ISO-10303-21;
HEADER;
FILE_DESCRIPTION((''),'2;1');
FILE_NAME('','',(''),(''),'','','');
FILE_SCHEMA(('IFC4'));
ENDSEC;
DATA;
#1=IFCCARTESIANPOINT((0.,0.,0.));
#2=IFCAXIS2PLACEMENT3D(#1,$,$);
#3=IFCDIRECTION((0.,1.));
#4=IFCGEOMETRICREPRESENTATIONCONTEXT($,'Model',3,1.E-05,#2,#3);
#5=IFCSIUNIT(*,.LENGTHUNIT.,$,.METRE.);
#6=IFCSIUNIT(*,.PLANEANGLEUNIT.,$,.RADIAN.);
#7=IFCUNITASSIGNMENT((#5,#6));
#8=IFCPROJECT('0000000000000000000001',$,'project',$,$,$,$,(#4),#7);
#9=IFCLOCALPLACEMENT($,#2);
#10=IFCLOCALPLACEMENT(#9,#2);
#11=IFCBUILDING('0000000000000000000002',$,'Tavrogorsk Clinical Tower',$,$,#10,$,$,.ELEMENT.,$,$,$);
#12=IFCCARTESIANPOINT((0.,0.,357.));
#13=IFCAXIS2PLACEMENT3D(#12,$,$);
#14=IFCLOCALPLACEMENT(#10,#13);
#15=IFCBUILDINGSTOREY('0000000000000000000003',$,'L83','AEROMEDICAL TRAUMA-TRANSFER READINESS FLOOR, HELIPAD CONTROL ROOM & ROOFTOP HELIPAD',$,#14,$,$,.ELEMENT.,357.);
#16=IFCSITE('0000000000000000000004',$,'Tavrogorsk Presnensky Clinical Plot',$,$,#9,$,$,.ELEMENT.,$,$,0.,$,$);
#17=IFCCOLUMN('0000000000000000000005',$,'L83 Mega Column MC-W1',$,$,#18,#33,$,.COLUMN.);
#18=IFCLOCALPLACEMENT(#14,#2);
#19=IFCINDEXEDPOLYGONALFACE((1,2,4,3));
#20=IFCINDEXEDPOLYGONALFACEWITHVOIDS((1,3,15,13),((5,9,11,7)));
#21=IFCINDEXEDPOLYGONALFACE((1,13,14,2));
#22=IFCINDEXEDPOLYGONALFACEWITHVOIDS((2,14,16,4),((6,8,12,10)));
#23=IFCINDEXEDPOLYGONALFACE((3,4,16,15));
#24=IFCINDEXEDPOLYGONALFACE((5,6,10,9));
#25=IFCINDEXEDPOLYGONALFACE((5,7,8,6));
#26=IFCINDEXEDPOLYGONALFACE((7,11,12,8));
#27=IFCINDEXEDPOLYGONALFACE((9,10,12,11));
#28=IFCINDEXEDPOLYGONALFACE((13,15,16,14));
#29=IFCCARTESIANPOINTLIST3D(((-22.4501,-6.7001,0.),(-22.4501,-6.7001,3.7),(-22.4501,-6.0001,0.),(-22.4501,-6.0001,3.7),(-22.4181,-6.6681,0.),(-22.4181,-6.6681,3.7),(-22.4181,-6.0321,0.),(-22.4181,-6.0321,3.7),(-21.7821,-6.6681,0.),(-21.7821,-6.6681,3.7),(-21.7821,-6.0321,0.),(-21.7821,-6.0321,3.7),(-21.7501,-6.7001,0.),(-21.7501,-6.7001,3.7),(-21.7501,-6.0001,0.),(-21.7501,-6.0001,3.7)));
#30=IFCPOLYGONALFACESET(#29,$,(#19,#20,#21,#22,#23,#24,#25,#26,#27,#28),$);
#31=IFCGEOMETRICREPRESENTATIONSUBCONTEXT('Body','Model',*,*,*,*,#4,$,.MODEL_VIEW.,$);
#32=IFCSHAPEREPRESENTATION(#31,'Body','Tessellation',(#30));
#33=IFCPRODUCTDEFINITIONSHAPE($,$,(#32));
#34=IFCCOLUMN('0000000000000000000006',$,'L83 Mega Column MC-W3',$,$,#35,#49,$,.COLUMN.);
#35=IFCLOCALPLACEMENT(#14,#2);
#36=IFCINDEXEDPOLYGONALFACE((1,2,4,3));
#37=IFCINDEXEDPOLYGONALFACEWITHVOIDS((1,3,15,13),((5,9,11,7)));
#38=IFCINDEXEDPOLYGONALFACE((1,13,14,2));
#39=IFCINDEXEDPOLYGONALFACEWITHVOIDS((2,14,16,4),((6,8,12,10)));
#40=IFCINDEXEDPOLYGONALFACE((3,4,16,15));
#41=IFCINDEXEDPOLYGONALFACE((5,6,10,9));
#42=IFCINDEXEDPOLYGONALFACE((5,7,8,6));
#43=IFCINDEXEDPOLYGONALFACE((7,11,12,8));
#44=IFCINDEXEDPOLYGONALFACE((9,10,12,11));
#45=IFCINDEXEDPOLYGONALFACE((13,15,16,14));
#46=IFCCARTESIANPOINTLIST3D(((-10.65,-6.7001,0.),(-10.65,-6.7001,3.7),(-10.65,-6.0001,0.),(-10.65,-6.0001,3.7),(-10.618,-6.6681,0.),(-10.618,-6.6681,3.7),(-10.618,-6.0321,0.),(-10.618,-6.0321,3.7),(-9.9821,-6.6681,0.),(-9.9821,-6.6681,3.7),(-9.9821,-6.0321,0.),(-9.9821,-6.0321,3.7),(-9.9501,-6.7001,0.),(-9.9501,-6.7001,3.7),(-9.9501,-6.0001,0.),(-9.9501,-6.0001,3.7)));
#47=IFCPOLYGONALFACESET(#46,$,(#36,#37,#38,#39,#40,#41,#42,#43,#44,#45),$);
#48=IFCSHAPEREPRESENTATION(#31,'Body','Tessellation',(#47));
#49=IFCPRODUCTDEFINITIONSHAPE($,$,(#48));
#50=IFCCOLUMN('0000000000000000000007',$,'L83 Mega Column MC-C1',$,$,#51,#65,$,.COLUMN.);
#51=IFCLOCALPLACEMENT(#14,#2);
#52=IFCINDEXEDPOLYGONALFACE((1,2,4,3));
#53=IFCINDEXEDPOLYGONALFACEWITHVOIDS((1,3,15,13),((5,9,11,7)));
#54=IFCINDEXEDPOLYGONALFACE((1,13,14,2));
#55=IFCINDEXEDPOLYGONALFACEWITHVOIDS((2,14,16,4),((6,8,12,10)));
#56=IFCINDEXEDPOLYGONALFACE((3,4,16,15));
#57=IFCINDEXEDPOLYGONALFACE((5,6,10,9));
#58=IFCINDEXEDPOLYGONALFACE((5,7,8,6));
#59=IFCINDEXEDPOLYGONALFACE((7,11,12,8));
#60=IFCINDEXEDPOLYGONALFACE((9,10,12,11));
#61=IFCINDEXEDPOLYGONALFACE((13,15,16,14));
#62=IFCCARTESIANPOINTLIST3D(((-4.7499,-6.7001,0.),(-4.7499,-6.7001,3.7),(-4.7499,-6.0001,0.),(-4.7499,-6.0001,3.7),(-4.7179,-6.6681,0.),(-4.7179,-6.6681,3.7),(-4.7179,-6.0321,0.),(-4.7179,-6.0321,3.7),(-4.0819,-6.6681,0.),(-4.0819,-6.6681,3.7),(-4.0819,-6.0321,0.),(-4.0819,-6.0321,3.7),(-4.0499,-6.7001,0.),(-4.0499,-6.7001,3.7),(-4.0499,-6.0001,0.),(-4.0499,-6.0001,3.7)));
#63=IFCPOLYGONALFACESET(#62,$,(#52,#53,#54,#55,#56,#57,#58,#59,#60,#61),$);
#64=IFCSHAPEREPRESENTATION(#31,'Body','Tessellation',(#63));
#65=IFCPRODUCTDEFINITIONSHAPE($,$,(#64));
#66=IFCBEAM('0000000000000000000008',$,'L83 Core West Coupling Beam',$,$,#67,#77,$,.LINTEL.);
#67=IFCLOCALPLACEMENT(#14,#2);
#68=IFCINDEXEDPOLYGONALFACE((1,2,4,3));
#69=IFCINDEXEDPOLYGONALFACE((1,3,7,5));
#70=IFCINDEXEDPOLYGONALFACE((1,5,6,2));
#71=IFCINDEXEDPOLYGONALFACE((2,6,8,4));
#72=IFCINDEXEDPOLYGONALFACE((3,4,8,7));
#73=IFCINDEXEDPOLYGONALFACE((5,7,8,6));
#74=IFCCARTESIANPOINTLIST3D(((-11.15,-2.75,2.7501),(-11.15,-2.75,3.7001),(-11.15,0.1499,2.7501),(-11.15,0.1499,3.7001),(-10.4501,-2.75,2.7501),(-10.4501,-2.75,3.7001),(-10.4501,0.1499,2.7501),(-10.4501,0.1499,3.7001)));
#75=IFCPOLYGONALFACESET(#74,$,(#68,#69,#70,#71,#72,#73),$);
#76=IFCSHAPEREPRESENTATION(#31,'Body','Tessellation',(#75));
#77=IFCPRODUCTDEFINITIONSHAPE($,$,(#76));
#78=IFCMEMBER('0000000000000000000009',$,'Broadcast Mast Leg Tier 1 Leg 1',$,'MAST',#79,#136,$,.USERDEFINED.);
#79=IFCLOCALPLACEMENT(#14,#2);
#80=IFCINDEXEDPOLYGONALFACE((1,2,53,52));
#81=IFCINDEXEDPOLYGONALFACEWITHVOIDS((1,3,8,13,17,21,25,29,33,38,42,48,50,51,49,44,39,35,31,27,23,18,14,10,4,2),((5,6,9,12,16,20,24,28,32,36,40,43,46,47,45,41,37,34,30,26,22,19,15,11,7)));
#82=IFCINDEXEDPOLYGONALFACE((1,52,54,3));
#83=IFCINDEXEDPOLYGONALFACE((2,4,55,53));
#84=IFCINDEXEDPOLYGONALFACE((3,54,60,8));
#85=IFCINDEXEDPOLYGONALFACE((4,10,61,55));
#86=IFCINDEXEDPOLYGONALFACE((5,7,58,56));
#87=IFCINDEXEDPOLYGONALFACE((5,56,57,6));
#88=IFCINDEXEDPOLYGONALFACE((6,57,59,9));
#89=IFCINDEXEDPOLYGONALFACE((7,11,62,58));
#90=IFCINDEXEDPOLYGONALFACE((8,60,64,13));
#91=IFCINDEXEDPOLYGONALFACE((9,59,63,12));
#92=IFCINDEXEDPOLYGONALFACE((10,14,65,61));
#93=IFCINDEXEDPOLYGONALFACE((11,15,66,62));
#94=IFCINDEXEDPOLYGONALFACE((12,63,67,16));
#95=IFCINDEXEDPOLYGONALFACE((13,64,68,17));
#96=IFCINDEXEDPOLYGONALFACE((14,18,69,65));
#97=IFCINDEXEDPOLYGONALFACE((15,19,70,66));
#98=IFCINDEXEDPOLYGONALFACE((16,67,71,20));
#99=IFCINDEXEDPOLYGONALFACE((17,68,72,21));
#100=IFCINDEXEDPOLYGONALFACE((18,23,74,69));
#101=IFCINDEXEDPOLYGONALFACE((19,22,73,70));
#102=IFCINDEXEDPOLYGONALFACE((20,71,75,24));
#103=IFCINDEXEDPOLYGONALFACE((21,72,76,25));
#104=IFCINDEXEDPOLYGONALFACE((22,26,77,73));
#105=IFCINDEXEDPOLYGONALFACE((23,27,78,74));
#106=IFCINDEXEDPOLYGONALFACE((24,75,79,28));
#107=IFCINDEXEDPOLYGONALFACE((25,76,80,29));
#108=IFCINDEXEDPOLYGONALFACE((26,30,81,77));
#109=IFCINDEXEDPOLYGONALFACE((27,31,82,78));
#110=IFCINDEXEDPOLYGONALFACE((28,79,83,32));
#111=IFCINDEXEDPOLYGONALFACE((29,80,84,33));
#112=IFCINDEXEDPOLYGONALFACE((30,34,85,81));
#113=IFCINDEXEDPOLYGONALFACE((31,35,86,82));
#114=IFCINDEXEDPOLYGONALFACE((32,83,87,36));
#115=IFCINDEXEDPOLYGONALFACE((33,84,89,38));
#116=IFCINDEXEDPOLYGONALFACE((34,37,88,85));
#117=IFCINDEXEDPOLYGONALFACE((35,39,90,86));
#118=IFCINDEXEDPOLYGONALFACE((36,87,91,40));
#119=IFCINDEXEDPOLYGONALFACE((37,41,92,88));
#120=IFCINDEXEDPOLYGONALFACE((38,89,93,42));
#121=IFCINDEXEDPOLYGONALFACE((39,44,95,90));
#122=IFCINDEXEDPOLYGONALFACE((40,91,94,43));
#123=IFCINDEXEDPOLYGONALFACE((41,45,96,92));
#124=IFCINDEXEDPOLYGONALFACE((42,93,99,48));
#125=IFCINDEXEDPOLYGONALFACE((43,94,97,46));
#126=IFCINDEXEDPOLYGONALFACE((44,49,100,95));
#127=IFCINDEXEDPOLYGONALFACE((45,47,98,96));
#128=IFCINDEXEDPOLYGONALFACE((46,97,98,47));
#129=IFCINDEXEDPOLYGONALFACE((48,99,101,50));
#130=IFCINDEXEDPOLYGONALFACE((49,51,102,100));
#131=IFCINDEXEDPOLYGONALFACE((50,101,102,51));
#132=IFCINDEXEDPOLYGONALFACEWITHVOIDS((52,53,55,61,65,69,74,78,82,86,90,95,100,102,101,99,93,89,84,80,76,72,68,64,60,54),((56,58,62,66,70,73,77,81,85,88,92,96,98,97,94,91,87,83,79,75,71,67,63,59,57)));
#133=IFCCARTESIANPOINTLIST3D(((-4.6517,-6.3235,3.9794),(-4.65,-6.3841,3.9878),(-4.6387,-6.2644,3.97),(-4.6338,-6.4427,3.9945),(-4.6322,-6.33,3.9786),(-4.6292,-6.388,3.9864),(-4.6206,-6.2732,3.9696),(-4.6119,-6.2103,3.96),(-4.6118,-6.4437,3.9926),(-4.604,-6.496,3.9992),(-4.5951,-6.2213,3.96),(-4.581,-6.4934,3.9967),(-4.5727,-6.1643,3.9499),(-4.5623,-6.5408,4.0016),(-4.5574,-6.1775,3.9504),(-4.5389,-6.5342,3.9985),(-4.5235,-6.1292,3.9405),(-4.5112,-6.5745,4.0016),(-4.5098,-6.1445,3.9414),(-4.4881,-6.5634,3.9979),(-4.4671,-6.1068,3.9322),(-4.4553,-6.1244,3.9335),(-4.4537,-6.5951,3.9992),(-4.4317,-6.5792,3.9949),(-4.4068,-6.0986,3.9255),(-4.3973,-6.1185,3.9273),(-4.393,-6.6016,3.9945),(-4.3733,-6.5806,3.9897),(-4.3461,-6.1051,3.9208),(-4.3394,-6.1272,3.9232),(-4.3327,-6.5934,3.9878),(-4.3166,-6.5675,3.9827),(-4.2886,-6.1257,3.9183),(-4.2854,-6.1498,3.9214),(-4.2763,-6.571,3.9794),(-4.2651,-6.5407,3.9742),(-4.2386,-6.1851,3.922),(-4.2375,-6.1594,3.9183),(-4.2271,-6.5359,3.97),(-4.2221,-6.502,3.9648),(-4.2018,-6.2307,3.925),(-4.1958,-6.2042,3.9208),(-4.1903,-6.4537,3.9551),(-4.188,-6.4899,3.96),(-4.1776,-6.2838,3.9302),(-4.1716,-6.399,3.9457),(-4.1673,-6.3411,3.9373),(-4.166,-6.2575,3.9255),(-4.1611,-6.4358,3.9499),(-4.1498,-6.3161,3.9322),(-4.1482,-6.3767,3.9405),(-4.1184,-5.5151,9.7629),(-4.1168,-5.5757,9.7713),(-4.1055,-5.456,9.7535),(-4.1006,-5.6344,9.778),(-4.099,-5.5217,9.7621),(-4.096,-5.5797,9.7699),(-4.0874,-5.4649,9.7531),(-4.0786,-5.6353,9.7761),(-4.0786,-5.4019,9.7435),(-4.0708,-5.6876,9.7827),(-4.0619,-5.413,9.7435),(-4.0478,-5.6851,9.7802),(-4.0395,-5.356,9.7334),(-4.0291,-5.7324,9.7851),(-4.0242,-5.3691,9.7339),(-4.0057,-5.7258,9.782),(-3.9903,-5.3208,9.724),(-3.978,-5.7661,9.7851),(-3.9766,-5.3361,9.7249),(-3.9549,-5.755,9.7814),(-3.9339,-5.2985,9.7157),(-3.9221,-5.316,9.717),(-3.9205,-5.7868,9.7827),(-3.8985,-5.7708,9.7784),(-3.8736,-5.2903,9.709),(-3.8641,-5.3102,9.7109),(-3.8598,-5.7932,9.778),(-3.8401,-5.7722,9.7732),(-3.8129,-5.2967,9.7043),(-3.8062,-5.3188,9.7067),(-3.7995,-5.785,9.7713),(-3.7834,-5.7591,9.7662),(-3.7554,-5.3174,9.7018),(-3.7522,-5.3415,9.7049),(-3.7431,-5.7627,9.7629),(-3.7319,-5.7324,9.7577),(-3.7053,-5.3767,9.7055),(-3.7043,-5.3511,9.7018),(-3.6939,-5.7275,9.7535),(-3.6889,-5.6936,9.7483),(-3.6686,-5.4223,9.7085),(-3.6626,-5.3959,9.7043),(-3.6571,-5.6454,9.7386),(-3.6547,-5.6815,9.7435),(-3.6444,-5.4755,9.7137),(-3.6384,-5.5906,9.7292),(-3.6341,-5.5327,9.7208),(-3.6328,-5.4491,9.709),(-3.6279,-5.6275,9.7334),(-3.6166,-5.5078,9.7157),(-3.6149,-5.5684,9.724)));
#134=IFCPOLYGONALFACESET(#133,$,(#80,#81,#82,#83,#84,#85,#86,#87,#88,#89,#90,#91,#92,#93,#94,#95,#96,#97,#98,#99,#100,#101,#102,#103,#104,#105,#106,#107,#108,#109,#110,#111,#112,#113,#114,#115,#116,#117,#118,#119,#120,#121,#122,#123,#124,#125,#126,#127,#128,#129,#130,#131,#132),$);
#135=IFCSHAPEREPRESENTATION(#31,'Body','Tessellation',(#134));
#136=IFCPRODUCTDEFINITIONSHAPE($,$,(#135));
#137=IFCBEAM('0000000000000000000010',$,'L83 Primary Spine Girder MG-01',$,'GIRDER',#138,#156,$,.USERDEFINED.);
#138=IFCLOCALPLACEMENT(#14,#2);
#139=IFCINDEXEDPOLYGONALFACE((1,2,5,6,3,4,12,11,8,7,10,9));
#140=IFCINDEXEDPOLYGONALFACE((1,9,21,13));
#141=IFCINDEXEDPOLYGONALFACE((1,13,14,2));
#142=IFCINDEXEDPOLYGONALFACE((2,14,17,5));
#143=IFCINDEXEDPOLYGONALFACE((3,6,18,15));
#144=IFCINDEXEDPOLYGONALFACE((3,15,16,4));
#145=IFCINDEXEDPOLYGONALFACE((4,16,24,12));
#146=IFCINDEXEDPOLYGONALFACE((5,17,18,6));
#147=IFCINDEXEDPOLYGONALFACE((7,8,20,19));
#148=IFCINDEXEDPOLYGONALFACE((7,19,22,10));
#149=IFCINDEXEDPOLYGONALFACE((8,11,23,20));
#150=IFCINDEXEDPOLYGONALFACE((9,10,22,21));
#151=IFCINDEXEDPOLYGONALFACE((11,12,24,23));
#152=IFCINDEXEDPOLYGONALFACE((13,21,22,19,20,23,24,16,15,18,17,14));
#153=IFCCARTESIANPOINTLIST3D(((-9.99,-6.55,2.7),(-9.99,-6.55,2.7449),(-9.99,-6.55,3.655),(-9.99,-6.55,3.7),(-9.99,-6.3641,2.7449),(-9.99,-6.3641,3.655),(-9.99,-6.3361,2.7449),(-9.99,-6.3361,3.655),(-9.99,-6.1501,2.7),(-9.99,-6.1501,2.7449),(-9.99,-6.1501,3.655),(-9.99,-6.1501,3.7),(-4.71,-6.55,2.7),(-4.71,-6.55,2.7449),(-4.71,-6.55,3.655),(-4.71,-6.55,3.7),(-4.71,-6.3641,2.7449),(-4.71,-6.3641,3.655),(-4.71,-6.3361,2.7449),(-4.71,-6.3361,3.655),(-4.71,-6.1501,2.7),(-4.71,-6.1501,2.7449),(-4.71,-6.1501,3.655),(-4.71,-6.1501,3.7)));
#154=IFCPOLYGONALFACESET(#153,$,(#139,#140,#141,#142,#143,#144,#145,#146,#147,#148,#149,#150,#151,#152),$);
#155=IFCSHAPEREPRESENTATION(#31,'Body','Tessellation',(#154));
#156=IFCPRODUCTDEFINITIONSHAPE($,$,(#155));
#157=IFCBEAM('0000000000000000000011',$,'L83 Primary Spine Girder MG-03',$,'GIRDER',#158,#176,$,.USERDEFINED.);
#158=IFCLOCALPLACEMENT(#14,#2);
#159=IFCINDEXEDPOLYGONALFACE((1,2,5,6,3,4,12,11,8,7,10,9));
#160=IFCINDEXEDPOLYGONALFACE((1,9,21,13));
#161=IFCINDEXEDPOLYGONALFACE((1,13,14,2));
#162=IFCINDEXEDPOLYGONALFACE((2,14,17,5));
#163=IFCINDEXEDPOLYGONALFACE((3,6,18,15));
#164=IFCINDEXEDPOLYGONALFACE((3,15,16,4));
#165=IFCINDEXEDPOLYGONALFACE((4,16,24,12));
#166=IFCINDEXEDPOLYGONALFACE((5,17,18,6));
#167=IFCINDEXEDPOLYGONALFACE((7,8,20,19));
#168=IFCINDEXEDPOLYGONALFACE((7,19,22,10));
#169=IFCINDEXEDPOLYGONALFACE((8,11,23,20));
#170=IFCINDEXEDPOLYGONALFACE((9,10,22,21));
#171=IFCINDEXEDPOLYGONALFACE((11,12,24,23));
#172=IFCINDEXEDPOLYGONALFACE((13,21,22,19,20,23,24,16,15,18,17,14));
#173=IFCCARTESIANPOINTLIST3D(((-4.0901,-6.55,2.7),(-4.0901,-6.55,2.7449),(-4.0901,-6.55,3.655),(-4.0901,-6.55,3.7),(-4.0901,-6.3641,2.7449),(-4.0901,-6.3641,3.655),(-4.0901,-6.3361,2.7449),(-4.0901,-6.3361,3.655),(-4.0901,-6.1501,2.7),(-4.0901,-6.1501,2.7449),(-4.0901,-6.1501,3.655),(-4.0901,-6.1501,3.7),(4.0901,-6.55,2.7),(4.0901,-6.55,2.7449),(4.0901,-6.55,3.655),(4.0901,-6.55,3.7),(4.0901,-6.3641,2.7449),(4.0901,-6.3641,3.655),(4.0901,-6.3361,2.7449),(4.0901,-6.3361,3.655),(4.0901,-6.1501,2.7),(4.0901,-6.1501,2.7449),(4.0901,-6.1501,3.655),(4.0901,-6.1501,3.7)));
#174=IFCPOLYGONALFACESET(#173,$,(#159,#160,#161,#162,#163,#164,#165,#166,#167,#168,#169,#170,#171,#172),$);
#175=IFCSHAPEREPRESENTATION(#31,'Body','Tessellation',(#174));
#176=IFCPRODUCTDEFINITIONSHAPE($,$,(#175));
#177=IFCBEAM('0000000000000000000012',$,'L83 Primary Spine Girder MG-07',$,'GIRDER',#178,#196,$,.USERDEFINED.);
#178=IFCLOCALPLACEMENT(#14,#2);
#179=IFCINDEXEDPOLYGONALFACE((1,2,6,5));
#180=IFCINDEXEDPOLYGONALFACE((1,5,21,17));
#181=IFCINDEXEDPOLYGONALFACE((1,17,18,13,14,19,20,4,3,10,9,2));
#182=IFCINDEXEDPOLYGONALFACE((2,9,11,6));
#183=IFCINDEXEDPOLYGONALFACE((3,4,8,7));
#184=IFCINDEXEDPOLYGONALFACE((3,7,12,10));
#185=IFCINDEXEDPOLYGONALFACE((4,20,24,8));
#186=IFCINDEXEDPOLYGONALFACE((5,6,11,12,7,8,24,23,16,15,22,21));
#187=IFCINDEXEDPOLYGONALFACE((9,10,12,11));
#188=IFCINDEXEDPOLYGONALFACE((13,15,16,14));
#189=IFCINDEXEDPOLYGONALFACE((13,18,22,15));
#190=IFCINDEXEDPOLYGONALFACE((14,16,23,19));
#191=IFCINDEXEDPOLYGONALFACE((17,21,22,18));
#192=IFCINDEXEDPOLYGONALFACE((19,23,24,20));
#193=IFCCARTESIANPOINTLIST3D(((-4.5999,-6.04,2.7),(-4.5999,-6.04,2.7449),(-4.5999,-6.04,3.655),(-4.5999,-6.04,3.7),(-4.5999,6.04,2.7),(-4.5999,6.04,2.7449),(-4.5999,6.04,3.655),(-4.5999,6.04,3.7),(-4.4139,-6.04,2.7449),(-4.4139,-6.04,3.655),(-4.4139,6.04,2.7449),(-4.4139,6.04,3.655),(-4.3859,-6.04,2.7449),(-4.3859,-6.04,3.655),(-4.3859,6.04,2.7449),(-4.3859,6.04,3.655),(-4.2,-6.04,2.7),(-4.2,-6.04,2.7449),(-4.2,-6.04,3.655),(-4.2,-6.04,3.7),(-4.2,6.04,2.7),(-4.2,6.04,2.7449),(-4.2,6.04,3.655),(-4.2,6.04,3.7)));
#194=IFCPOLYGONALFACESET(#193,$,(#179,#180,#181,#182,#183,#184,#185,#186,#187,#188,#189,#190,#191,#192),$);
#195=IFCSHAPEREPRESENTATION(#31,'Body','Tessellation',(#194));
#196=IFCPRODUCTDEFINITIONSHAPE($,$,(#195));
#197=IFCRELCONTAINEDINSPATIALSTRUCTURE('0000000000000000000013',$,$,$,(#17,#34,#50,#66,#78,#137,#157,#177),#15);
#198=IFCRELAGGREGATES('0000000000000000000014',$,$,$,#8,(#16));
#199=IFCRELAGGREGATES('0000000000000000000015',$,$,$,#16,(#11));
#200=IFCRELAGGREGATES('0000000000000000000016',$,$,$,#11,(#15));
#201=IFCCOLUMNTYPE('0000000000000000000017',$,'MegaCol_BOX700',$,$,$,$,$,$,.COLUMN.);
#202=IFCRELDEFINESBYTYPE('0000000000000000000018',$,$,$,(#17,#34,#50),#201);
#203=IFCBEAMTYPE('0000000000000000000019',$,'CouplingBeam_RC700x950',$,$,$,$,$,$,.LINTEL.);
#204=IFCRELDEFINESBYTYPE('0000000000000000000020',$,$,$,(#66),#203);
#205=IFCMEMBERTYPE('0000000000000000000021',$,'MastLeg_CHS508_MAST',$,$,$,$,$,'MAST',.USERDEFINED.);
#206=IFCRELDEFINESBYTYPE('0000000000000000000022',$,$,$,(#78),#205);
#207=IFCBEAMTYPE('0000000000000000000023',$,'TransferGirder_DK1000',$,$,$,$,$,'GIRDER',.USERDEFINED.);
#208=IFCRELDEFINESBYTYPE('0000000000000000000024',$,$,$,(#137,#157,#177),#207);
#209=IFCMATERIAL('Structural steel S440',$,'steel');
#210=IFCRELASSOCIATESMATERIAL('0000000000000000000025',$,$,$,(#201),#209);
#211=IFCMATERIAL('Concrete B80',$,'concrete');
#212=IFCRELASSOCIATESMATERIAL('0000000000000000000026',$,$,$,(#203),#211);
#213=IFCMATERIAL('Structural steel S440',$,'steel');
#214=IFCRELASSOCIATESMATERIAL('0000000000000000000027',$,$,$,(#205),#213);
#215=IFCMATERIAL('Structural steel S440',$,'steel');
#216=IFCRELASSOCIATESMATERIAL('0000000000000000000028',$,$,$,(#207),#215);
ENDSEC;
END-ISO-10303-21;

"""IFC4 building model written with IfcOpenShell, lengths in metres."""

from ifc_helpers import new_model, si_unit, direction, frame, origin, origin_2d, place, context, subcontext, project, spatial, rectangle, hollow_rectangle, hollow_circle, i_section, extrude, material, material_profile, profile_set, type_object, element, save


model = new_model("IFC4")

# Units and contexts
model_context = context("Model", 3, precision=1e-05, world=origin(), true_north=direction((0.0, 1.0)))
body_context = subcontext(model_context, "Body", "Model", "MODEL_VIEW")
ifc_project = project(units=[si_unit("LENGTHUNIT", "METRE"), si_unit("PLANEANGLEUNIT", "RADIAN")], contexts=[model_context])

# Site, building, storey
site_placement = place(None, origin())
site = spatial("IfcSite", under=ifc_project, at=site_placement, Name="Tavrogorsk Presnensky Clinical Plot", CompositionType="ELEMENT", RefElevation=0.0)
building_placement = place(site_placement, origin())
building = spatial("IfcBuilding", under=site, at=building_placement, Name="Tavrogorsk Clinical Tower", CompositionType="ELEMENT")
storey_placement = place(building_placement, frame((0.0, 0.0, 357.0)))
storey = spatial("IfcBuildingStorey", under=building, at=storey_placement, Name="L83", Description="AEROMEDICAL TRAUMA-TRANSFER READINESS FLOOR, HELIPAD CONTROL ROOM & ROOFTOP HELIPAD", CompositionType="ELEMENT", Elevation=357.0)

# Columns
ifc_material_1 = material(Name="Structural steel S440", Category="steel")
ifc_material_profile_1 = material_profile(ifc_material_1, hollow_rectangle(XDim=0.7, YDim=0.7, WallThickness=0.032, at=origin_2d()), Name="BOX-700x700x32")
ifc_profile_set_1 = profile_set([ifc_material_profile_1], Name="Structural steel S440")
column_type = type_object("IfcColumnType", Name="MegaCol_BOX700", PredefinedType="COLUMN", material=ifc_profile_set_1)
for number, where, z_axis, x_axis, name in (
    (1, (-22.1001, -6.3501, 0.0), (0.0, 0.0, 1.0), (1.0, 0.0, 0.0), "L83 Mega Column MC-W1"),
    (2, (-10.3, -6.3501, 0.0), (0.0, 0.0, 1.0), (1.0, 0.0, 0.0), "L83 Mega Column MC-W3"),
    (3, (-4.3999, -6.3501, 0.0), (0.0, 0.0, 1.0), (1.0, 0.0, 0.0), "L83 Mega Column MC-C1"),
):
    element("IfcColumn", number, at=place(storey_placement, frame(where, z_axis=z_axis, x_axis=x_axis)), inside=storey, type_object=column_type, Name=name, PredefinedType="COLUMN", context=body_context, shape_type="SweptSolid", body=[
        extrude(hollow_rectangle(XDim=0.7, YDim=0.7, WallThickness=0.032, at=origin_2d()), origin(), (0.0, 0.0, 1.0), 3.7),
    ])

# Beam
ifc_material_2 = material(Name="Concrete B80", Category="concrete")
ifc_material_profile_2 = material_profile(ifc_material_2, rectangle(XDim=0.7, YDim=0.95, at=origin_2d()), Name="RC-CB-700x950")
ifc_profile_set_2 = profile_set([ifc_material_profile_2], Name="Concrete B80")
beam_type_1 = type_object("IfcBeamType", Name="CouplingBeam_RC700x950", PredefinedType="LINTEL", material=ifc_profile_set_2)
beam_1_placement = place(storey_placement, frame((-10.8, -2.75, 3.2251), z_axis=(0.0, 1.0, 0.0), x_axis=(-1.0, 0.0, 0.0)))
element("IfcBeam", 4, at=beam_1_placement, inside=storey, type_object=beam_type_1, Name="L83 Core West Coupling Beam", PredefinedType="LINTEL", context=body_context, shape_type="SweptSolid", body=[
    extrude(rectangle(XDim=0.7, YDim=0.95, at=origin_2d()), origin(), (0.0, 0.0, 1.0), 2.8999),
])

# Member
ifc_material_3 = material(Name="Structural steel S440", Category="steel")
ifc_material_profile_3 = material_profile(ifc_material_3, hollow_circle(Radius=0.2539, WallThickness=0.02, at=origin_2d()), Name="CHS-508x20")
ifc_profile_set_3 = profile_set([ifc_material_profile_3], Name="Structural steel S440")
member_type = type_object("IfcMemberType", Name="MastLeg_CHS508_MAST", ElementType="MAST", PredefinedType="USERDEFINED", material=ifc_profile_set_3)
member_placement = place(storey_placement, frame((-4.3999, -6.3501, 3.96), z_axis=(0.090929, 0.137851, 0.98627), x_axis=(-0.834755, 0.550621, 0.0)))
element("IfcMember", 5, at=member_placement, inside=storey, type_object=member_type, Name="Broadcast Mast Leg Tier 1 Leg 1", ObjectType="MAST", PredefinedType="USERDEFINED", context=body_context, shape_type="SweptSolid", body=[
    extrude(hollow_circle(Radius=0.2539, WallThickness=0.02, at=origin_2d()), origin(), (0.0, 0.0, 1.0), 5.864),
])

# Beams
ifc_material_4 = material(Name="Structural steel S440", Category="steel")
ifc_material_profile_4 = material_profile(ifc_material_4, i_section(OverallWidth=0.3999, OverallDepth=1.0, WebThickness=0.0281, FlangeThickness=0.0449, at=origin_2d()), Name="DK-1000x400x28x45")
ifc_profile_set_4 = profile_set([ifc_material_profile_4], Name="Structural steel S440")
beam_type_2 = type_object("IfcBeamType", Name="TransferGirder_DK1000", ElementType="GIRDER", PredefinedType="USERDEFINED", material=ifc_profile_set_4)
beam_2_placement = place(storey_placement, frame((-9.99, -6.3501, 3.2), z_axis=(1.0, 0.0, 0.0), x_axis=(0.0, 1.0, 0.0)))
element("IfcBeam", 6, at=beam_2_placement, inside=storey, type_object=beam_type_2, Name="L83 Primary Spine Girder MG-01", ObjectType="GIRDER", PredefinedType="USERDEFINED", context=body_context, shape_type="SweptSolid", body=[
    extrude(i_section(OverallWidth=0.3999, OverallDepth=1.0, WebThickness=0.0281, FlangeThickness=0.0449, at=origin_2d()), origin(), (0.0, 0.0, 1.0), 5.28),
])
beam_3_placement = place(storey_placement, frame((-4.0901, -6.3501, 3.2), z_axis=(1.0, 0.0, 0.0), x_axis=(0.0, 1.0, 0.0)))
element("IfcBeam", 7, at=beam_3_placement, inside=storey, type_object=beam_type_2, Name="L83 Primary Spine Girder MG-03", ObjectType="GIRDER", PredefinedType="USERDEFINED", context=body_context, shape_type="SweptSolid", body=[
    extrude(i_section(OverallWidth=0.3999, OverallDepth=1.0, WebThickness=0.0281, FlangeThickness=0.0449, at=origin_2d()), origin(), (0.0, 0.0, 1.0), 8.1802),
])
beam_4_placement = place(storey_placement, frame((-4.3999, -6.04, 3.2), z_axis=(0.0, 1.0, 0.0), x_axis=(-1.0, 0.0, 0.0)))
element("IfcBeam", 8, at=beam_4_placement, inside=storey, type_object=beam_type_2, Name="L83 Primary Spine Girder MG-07", ObjectType="GIRDER", PredefinedType="USERDEFINED", context=body_context, shape_type="SweptSolid", body=[
    extrude(i_section(OverallWidth=0.3999, OverallDepth=1.0, WebThickness=0.0281, FlangeThickness=0.0449, at=origin_2d()), origin(), (0.0, 0.0, 1.0), 12.0801),
])

save(model, "model.ifc")
